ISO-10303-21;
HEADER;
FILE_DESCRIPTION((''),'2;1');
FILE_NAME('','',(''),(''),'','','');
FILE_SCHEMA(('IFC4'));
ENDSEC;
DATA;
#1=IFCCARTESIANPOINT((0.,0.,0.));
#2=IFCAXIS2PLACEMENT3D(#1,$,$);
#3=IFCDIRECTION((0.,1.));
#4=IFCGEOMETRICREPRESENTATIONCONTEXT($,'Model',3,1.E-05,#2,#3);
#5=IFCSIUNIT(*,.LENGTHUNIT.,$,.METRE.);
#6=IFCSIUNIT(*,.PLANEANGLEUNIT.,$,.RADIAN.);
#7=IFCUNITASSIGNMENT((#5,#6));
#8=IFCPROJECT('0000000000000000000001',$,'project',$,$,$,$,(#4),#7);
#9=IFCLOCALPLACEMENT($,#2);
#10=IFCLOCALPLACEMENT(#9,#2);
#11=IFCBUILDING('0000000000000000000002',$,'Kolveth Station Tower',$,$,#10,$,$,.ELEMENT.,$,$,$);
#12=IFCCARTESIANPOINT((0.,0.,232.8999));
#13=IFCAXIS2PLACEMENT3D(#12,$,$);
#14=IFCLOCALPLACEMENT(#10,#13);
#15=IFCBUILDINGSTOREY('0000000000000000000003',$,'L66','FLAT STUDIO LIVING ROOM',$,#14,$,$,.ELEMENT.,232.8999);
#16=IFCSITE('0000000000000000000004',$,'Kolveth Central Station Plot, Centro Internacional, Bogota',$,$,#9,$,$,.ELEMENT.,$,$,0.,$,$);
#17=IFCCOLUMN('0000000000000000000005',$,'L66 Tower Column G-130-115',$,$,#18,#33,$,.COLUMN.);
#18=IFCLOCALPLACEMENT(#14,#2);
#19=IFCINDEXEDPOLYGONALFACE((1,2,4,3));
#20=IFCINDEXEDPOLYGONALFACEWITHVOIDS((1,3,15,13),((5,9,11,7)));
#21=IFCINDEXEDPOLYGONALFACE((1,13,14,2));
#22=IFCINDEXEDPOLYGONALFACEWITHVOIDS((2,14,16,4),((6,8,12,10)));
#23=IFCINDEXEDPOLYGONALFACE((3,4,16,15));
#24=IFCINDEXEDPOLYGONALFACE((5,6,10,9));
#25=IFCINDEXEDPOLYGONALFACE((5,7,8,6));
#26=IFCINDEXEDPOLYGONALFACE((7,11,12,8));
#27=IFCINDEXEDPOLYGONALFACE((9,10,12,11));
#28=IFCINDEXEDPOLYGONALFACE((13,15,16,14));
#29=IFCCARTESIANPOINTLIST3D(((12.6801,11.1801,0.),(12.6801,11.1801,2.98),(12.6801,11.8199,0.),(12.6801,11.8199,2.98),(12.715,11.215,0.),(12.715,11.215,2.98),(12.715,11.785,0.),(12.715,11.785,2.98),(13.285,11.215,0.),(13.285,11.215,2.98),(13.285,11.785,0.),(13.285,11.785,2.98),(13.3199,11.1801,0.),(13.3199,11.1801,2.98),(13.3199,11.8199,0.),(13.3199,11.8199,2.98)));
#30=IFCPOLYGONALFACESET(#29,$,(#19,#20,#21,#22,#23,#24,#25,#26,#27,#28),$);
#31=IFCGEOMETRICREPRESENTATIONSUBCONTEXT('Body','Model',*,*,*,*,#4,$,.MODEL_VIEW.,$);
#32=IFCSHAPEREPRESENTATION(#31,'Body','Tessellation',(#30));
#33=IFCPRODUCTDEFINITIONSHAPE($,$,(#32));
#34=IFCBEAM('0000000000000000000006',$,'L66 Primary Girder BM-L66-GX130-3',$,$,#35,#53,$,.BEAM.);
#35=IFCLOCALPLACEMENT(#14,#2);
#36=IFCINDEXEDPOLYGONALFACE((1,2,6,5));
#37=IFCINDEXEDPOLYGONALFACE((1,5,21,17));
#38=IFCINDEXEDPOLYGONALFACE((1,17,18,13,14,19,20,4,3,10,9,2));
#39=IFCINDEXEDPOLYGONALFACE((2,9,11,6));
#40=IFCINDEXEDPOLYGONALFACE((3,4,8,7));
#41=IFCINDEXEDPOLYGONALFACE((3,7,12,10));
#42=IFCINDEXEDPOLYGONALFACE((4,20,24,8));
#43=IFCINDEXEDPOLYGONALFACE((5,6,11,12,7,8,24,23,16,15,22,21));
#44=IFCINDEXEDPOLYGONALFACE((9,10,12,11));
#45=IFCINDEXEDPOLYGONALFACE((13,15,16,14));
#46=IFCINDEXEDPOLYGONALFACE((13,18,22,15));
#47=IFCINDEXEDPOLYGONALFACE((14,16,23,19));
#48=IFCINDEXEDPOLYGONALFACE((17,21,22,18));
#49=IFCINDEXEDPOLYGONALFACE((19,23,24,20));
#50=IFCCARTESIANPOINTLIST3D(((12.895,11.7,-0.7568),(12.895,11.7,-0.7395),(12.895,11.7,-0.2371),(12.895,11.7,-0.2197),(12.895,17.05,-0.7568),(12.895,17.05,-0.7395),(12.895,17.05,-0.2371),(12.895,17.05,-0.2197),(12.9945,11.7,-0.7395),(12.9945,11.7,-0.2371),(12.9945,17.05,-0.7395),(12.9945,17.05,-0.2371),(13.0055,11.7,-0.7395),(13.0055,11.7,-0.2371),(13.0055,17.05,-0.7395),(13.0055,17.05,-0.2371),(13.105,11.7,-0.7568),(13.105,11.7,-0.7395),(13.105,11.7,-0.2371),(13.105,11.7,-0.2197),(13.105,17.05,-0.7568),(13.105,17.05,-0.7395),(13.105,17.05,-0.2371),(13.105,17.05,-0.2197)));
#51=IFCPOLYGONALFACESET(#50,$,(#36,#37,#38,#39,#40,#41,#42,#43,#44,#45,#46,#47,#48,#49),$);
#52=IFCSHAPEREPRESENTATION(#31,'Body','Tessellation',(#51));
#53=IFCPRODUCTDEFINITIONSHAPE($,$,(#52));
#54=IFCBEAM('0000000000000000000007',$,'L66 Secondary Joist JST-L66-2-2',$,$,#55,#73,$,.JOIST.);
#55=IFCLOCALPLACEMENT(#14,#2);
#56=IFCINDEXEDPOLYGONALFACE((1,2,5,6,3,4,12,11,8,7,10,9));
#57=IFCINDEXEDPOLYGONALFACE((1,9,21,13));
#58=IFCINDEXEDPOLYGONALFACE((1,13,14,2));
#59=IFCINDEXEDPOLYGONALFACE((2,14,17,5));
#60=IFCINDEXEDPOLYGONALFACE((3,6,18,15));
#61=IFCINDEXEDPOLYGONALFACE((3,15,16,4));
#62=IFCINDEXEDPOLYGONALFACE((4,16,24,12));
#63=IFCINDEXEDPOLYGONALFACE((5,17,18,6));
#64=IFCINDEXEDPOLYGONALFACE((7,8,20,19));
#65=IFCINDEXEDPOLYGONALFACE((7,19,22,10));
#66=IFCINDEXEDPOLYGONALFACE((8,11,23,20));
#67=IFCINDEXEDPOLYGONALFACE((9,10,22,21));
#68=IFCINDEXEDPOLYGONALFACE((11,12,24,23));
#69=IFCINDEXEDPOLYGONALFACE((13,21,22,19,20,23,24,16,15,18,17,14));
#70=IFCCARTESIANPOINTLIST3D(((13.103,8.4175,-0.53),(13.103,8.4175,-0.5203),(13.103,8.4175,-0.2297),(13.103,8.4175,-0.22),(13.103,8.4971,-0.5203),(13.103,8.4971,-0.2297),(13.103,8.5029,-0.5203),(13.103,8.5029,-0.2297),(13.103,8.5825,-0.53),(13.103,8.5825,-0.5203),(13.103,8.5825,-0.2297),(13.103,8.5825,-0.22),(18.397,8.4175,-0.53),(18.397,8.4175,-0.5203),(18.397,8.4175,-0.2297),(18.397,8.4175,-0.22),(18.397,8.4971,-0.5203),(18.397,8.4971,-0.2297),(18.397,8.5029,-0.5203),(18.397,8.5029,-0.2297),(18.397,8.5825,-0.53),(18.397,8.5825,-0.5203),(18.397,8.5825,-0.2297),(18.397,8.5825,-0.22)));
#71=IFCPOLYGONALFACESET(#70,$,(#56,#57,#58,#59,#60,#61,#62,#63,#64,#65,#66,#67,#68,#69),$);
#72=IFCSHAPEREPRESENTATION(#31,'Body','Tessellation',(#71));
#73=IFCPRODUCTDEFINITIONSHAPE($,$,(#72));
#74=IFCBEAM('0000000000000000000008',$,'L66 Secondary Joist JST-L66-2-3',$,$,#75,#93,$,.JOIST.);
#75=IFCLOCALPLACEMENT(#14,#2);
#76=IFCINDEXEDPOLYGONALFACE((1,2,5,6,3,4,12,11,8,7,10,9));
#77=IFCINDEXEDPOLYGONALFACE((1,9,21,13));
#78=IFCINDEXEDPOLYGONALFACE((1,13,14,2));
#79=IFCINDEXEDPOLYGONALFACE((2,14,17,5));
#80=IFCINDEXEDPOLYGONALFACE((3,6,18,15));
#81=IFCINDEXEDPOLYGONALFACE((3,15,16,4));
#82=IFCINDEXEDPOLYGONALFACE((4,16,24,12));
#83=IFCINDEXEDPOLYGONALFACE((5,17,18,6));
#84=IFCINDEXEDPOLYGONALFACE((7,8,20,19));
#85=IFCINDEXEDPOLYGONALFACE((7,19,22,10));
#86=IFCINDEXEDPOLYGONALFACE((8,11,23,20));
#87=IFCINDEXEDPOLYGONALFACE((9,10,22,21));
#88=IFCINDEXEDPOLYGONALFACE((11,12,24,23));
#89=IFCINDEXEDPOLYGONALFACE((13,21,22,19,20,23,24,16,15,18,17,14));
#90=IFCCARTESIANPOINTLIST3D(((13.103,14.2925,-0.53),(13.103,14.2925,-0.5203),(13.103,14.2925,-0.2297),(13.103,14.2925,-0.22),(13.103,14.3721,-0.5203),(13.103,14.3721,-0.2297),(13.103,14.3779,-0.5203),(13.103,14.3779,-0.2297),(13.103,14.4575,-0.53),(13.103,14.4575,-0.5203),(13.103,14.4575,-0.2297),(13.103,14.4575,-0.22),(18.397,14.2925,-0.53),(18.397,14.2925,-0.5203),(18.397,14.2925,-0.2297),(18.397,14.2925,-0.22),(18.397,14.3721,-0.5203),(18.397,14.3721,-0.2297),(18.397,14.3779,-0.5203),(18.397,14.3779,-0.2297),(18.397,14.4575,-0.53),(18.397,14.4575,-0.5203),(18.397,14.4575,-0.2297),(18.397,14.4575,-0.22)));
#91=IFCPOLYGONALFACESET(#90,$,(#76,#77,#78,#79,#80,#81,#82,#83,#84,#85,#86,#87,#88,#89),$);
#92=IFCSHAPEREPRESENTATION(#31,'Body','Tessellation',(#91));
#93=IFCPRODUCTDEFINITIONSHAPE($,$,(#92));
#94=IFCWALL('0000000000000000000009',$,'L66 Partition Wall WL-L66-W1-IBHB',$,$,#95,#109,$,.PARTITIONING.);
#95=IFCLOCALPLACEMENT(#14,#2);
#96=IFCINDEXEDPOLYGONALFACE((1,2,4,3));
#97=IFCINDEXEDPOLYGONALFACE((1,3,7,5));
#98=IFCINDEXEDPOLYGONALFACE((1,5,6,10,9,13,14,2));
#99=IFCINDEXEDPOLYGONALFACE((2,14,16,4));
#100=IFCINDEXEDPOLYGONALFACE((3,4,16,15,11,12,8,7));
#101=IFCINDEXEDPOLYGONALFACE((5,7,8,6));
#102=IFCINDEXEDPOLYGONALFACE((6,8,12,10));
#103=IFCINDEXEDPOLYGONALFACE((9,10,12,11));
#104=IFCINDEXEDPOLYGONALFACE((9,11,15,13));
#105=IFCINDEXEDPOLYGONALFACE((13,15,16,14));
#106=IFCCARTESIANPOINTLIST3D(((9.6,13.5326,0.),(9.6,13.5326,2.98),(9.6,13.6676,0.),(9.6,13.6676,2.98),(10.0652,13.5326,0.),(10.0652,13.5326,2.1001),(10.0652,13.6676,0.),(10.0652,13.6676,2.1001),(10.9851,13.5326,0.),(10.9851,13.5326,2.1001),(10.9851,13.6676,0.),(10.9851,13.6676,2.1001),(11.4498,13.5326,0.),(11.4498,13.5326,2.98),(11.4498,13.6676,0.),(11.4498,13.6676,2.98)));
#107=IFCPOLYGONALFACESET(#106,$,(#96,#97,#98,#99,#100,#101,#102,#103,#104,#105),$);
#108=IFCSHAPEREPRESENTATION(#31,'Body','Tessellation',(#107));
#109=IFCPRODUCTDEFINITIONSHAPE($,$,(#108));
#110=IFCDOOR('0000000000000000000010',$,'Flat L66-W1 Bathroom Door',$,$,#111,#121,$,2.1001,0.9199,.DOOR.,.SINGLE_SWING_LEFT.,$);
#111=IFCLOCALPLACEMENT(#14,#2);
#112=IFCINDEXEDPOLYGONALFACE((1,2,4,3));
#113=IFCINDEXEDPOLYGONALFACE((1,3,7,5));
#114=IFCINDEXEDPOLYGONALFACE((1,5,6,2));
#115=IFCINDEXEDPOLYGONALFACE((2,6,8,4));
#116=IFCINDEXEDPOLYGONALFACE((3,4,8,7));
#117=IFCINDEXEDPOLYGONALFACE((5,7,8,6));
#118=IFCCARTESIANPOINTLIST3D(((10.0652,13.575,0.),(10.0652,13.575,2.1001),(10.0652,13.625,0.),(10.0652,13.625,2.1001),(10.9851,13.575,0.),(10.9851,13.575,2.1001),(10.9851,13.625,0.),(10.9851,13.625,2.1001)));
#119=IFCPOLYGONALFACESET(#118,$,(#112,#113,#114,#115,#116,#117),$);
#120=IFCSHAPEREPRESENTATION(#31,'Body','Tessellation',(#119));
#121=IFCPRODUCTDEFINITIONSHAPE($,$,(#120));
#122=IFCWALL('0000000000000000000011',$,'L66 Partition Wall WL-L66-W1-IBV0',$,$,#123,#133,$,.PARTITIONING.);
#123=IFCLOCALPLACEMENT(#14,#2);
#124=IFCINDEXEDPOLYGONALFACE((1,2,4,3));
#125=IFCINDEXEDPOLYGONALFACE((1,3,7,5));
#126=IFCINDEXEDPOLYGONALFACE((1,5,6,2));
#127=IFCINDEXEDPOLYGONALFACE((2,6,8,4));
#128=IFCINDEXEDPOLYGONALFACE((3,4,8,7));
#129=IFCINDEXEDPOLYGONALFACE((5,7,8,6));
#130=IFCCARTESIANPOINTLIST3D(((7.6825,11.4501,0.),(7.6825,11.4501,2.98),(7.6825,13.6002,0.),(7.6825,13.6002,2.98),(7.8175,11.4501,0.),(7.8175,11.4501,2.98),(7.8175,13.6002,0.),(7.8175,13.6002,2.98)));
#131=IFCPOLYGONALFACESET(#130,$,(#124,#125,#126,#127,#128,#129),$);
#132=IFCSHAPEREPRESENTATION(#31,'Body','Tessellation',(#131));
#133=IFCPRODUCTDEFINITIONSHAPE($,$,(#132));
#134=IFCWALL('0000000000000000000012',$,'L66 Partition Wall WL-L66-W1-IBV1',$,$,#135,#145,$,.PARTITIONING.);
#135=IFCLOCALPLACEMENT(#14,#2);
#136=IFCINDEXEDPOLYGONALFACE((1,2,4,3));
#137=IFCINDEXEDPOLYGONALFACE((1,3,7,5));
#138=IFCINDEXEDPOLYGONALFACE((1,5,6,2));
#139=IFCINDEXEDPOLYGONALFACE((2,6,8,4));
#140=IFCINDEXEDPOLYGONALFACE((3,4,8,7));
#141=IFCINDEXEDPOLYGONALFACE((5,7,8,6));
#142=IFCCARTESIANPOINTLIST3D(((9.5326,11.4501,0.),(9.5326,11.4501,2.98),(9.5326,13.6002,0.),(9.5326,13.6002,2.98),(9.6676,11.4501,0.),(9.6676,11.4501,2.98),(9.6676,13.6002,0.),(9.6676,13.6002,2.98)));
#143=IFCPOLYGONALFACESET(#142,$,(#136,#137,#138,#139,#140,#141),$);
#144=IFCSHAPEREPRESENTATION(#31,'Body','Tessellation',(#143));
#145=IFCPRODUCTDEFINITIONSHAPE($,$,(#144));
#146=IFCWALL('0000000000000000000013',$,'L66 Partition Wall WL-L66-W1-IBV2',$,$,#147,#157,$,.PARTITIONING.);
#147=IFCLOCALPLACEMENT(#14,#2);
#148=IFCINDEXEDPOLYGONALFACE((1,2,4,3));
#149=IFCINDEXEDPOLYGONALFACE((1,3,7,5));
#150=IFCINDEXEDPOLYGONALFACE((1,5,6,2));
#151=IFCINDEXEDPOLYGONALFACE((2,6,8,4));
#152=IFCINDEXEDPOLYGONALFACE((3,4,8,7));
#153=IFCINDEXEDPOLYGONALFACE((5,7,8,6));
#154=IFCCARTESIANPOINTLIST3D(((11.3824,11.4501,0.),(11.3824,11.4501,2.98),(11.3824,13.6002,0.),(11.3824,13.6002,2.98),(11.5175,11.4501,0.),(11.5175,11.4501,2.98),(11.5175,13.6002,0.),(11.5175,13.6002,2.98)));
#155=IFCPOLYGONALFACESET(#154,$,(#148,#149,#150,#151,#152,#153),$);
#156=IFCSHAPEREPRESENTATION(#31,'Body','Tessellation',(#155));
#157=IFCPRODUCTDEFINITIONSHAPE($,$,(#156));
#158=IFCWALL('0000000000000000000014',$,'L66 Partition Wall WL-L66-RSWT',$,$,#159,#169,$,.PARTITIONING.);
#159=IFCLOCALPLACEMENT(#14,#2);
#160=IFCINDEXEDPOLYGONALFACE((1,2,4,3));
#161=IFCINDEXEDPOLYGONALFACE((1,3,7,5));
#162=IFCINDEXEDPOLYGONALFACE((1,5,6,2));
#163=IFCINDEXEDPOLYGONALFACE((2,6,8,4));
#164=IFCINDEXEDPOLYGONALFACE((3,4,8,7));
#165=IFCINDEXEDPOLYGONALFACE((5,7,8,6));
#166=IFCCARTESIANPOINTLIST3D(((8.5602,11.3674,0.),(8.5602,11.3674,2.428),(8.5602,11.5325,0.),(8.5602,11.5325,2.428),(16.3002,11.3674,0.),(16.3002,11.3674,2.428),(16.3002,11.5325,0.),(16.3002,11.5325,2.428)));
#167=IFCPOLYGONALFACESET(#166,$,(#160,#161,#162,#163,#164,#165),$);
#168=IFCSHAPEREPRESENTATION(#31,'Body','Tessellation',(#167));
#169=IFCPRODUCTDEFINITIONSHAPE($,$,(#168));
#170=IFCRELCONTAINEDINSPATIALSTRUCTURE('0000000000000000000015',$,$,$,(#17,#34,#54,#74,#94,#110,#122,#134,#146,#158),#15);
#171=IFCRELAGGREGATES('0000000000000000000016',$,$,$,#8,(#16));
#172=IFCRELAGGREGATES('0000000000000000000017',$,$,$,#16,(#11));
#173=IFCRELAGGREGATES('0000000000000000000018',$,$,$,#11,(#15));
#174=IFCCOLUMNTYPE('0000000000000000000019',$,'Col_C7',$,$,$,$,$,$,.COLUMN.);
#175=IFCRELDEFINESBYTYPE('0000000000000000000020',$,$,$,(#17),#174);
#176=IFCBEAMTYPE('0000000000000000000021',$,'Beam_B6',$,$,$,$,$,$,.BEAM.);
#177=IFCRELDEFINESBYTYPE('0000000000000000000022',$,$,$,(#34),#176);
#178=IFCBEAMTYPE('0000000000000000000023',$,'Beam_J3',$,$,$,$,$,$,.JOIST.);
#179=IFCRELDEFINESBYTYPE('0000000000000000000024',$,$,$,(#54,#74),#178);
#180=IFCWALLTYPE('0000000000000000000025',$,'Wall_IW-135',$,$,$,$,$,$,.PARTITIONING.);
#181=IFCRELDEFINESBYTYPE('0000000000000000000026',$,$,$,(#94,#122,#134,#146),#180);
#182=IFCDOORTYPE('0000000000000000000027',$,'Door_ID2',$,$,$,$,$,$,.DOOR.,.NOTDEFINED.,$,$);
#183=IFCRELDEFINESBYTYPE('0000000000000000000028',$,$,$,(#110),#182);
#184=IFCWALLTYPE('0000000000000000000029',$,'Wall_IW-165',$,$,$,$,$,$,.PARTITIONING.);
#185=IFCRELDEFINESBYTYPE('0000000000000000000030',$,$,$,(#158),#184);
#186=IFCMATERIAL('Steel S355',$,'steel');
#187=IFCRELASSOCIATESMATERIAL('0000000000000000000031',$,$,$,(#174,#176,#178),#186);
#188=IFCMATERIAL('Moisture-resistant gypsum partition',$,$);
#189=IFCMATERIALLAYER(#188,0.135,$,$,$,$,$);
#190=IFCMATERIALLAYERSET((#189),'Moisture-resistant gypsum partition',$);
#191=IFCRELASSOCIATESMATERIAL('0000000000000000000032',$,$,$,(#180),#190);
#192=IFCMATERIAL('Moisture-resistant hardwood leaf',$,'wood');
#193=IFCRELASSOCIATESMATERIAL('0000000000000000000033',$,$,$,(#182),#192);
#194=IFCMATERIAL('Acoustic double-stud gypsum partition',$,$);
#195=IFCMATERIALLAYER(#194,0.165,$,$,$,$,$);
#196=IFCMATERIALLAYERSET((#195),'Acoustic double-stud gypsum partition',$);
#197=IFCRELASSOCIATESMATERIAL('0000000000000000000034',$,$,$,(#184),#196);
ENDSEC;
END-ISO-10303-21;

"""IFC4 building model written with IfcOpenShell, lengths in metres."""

from ifc_helpers import new_model, si_unit, direction, frame, frame_2d, origin, origin_2d, place, context, subcontext, project, spatial, rectangle, hollow_rectangle, i_section, extrude, source, transform, mapped, material, layer, layer_set, material_profile, profile_set, type_object, element, fill, save


model = new_model("IFC4")

# Units and contexts
model_context = context("Model", 3, precision=1e-05, world=origin(), true_north=direction((0.0, 1.0)))
body_context = subcontext(model_context, "Body", "Model", "MODEL_VIEW")
ifc_project = project(units=[si_unit("LENGTHUNIT", "METRE"), si_unit("PLANEANGLEUNIT", "RADIAN")], contexts=[model_context])

# Site, building, storey
site_placement = place(None, origin())
site = spatial("IfcSite", under=ifc_project, at=site_placement, Name="Kolveth Central Station Plot, Centro Internacional, Bogota", CompositionType="ELEMENT", RefElevation=0.0)
building_placement = place(site_placement, origin())
building = spatial("IfcBuilding", under=site, at=building_placement, Name="Kolveth Station Tower", CompositionType="ELEMENT")
storey_placement = place(building_placement, frame((0.0, 0.0, 232.8999)))
storey = spatial("IfcBuildingStorey", under=building, at=storey_placement, Name="L66", Description="FLAT STUDIO LIVING ROOM", CompositionType="ELEMENT", Elevation=232.8999)

# Column
ifc_material_1 = material(Name="Steel S355", Category="steel")
ifc_material_profile_1 = material_profile(ifc_material_1, hollow_rectangle(XDim=0.6399, YDim=0.6399, WallThickness=0.0349, at=origin_2d()), Name="BOX640x640x35")
ifc_profile_set_1 = profile_set([ifc_material_profile_1], Name="Steel S355")
column_type = type_object("IfcColumnType", Name="Col_C7", PredefinedType="COLUMN", material=ifc_profile_set_1)
shared_shape_1 = source(origin(), body_context, "Body", "SweptSolid", [
    extrude(hollow_rectangle(XDim=0.6399, YDim=0.6399, WallThickness=0.0349, at=origin_2d()), origin(), (0.0, 0.0, 1.0), 2.98),
])
column_placement = place(storey_placement, frame((13.0, 11.5, 0.0), z_axis=(0.0, 0.0, 1.0), x_axis=(1.0, 0.0, 0.0)))
element("IfcColumn", 1, at=column_placement, inside=storey, type_object=column_type, Name="L66 Tower Column G-130-115", PredefinedType="COLUMN", context=body_context, shape_type="MappedRepresentation", body=[
    mapped(shared_shape_1, transform((0.0, 0.0, 0.0), x_axis=(1.0, 0.0, 0.0), y_axis=(0.0, 1.0, 0.0), z_axis=(0.0, 0.0, 1.0), scale=1.0)),
])

# Beams
ifc_material_profile_2 = material_profile(ifc_material_1, i_section(OverallWidth=0.21, OverallDepth=0.5371, WebThickness=0.011, FlangeThickness=0.0173, at=origin_2d()), Name="W530x101")
ifc_profile_set_2 = profile_set([ifc_material_profile_2], Name="Steel S355")
beam_type_1 = type_object("IfcBeamType", Name="Beam_B6", PredefinedType="BEAM", material=ifc_profile_set_2)
shared_shape_2 = source(origin(), body_context, "Body", "SweptSolid", [
    extrude(i_section(OverallWidth=0.21, OverallDepth=0.5371, WebThickness=0.011, FlangeThickness=0.0173, at=origin_2d()), origin(), (0.0, 0.0, 1.0), 5.3501),
])
beam_placement = place(storey_placement, frame((13.0, 11.7, -0.4883), z_axis=(0.0, 1.0, 0.0), x_axis=(-1.0, 0.0, 0.0)))
element("IfcBeam", 2, at=beam_placement, inside=storey, type_object=beam_type_1, Name="L66 Primary Girder BM-L66-GX130-3", PredefinedType="BEAM", context=body_context, shape_type="MappedRepresentation", body=[
    mapped(shared_shape_2, transform((0.0, 0.0, 0.0), x_axis=(1.0, 0.0, 0.0), y_axis=(0.0, 1.0, 0.0), z_axis=(0.0, 0.0, 1.0), scale=1.0)),
])
ifc_material_profile_3 = material_profile(ifc_material_1, i_section(OverallWidth=0.165, OverallDepth=0.3101, WebThickness=0.0059, FlangeThickness=0.0098, at=origin_2d()), Name="W310x39")
ifc_profile_set_3 = profile_set([ifc_material_profile_3], Name="Steel S355")
beam_type_2 = type_object("IfcBeamType", Name="Beam_J3", PredefinedType="JOIST", material=ifc_profile_set_3)
shared_shape_3 = source(origin(), body_context, "Body", "SweptSolid", [
    extrude(i_section(OverallWidth=0.165, OverallDepth=0.3101, WebThickness=0.0059, FlangeThickness=0.0098, at=origin_2d()), origin(), (0.0, 0.0, 1.0), 5.2939),
])
for number, where, z_axis, x_axis, name in (
    (3, (13.103, 8.5, -0.375), (1.0, 0.0, 0.0), (0.0, 1.0, 0.0), "L66 Secondary Joist JST-L66-2-2"),
    (4, (13.103, 14.375, -0.375), (1.0, 0.0, 0.0), (0.0, 1.0, 0.0), "L66 Secondary Joist JST-L66-2-3"),
):
    element("IfcBeam", number, at=place(storey_placement, frame(where, z_axis=z_axis, x_axis=x_axis)), inside=storey, type_object=beam_type_2, Name=name, PredefinedType="JOIST", context=body_context, shape_type="MappedRepresentation", body=[
        mapped(shared_shape_3, transform((0.0, 0.0, 0.0), x_axis=(1.0, 0.0, 0.0), y_axis=(0.0, 1.0, 0.0), z_axis=(0.0, 0.0, 1.0), scale=1.0)),
    ])

# Wall, opening, door
ifc_material_2 = material(Name="Moisture-resistant gypsum partition")
ifc_layer_1 = layer(ifc_material_2, 0.135)
ifc_layer_set_1 = layer_set([ifc_layer_1], Name="Moisture-resistant gypsum partition")
wall_type_1 = type_object("IfcWallType", Name="Wall_IW-135", PredefinedType="PARTITIONING", material=ifc_layer_set_1)
wall_1_placement = place(storey_placement, frame((9.6001, 13.6001, 0.0), z_axis=(0.0, 0.0, 1.0), x_axis=(1.0, 0.0, 0.0)))
wall_1 = element("IfcWall", 5, at=wall_1_placement, inside=storey, type_object=wall_type_1, Name="L66 Partition Wall WL-L66-W1-IBHB", PredefinedType="PARTITIONING", context=body_context, shape_type="SweptSolid", body=[
    extrude(rectangle(XDim=1.8499, YDim=0.135, at=frame_2d((0.9248, 0.0))), origin(), (0.0, 0.0, 1.0), 2.98),
])
opening_1_placement = place(wall_1_placement, frame((0.4651, 0.0, 0.0)))
opening_1 = element("IfcOpeningElement", 6, at=opening_1_placement, cuts=wall_1, PredefinedType="OPENING", context=body_context, shape_type="SweptSolid", body=[
    extrude(rectangle(XDim=0.9199, YDim=2.1001, at=frame_2d((0.46, 1.05))), frame((0.0, 0.0774, 0.0), z_axis=(0.0, -1.0, 0.0), x_axis=(1.0, 0.0, 0.0)), (0.0, 0.0, 1.0), 0.155),
])
ifc_material_3 = material(Name="Moisture-resistant hardwood leaf", Category="wood")
door_type_1 = type_object("IfcDoorType", Name="Door_ID2", OperationType="NOTDEFINED", PredefinedType="DOOR", material=ifc_material_3)
door_1_placement = place(opening_1_placement, origin())
door_1 = element("IfcDoor", 7, at=door_1_placement, inside=storey, type_object=door_type_1, Name="Flat L66-W1 Bathroom Door", OperationType="SINGLE_SWING_LEFT", OverallHeight=2.1001, OverallWidth=0.9199, PredefinedType="DOOR", context=body_context, shape_type="SweptSolid", body=[
    extrude(rectangle(XDim=0.9199, YDim=2.1001, at=frame_2d((0.46, 1.05))), frame((0.0, 0.0249, 0.0), z_axis=(0.0, -1.0, 0.0), x_axis=(1.0, 0.0, 0.0)), (0.0, 0.0, 1.0), 0.05),
])
fill(opening_1, door_1)

# Walls
for number, where, z_axis, x_axis, name in (
    (8, (7.75, 11.45, 0.0), (0.0, 0.0, 1.0), (0.0, 1.0, 0.0), "L66 Partition Wall WL-L66-W1-IBV0"),
    (9, (9.6001, 11.45, 0.0), (0.0, 0.0, 1.0), (0.0, 1.0, 0.0), "L66 Partition Wall WL-L66-W1-IBV1"),
    (10, (11.45, 11.45, 0.0), (0.0, 0.0, 1.0), (0.0, 1.0, 0.0), "L66 Partition Wall WL-L66-W1-IBV2"),
):
    element("IfcWall", number, at=place(storey_placement, frame(where, z_axis=z_axis, x_axis=x_axis)), inside=storey, type_object=wall_type_1, Name=name, PredefinedType="PARTITIONING", context=body_context, shape_type="SweptSolid", body=[
        extrude(rectangle(XDim=2.1501, YDim=0.135, at=frame_2d((1.0752, 0.0))), origin(), (0.0, 0.0, 1.0), 2.98),
    ])
ifc_material_4 = material(Name="Acoustic double-stud gypsum partition")
ifc_layer_2 = layer(ifc_material_4, 0.165)
ifc_layer_set_2 = layer_set([ifc_layer_2], Name="Acoustic double-stud gypsum partition")
wall_type_2 = type_object("IfcWallType", Name="Wall_IW-165", PredefinedType="PARTITIONING", material=ifc_layer_set_2)
wall_2_placement = place(storey_placement, frame((8.5601, 11.45, 0.0), z_axis=(0.0, 0.0, 1.0), x_axis=(1.0, 0.0, 0.0)))
element("IfcWall", 11, at=wall_2_placement, inside=storey, type_object=wall_type_2, Name="L66 Partition Wall WL-L66-RSWT", PredefinedType="PARTITIONING", context=body_context, shape_type="SweptSolid", body=[
    extrude(rectangle(XDim=7.74, YDim=0.165, at=frame_2d((3.8701, 0.0))), origin(), (0.0, 0.0, 1.0), 2.428),
])

save(model, "model.ifc")
